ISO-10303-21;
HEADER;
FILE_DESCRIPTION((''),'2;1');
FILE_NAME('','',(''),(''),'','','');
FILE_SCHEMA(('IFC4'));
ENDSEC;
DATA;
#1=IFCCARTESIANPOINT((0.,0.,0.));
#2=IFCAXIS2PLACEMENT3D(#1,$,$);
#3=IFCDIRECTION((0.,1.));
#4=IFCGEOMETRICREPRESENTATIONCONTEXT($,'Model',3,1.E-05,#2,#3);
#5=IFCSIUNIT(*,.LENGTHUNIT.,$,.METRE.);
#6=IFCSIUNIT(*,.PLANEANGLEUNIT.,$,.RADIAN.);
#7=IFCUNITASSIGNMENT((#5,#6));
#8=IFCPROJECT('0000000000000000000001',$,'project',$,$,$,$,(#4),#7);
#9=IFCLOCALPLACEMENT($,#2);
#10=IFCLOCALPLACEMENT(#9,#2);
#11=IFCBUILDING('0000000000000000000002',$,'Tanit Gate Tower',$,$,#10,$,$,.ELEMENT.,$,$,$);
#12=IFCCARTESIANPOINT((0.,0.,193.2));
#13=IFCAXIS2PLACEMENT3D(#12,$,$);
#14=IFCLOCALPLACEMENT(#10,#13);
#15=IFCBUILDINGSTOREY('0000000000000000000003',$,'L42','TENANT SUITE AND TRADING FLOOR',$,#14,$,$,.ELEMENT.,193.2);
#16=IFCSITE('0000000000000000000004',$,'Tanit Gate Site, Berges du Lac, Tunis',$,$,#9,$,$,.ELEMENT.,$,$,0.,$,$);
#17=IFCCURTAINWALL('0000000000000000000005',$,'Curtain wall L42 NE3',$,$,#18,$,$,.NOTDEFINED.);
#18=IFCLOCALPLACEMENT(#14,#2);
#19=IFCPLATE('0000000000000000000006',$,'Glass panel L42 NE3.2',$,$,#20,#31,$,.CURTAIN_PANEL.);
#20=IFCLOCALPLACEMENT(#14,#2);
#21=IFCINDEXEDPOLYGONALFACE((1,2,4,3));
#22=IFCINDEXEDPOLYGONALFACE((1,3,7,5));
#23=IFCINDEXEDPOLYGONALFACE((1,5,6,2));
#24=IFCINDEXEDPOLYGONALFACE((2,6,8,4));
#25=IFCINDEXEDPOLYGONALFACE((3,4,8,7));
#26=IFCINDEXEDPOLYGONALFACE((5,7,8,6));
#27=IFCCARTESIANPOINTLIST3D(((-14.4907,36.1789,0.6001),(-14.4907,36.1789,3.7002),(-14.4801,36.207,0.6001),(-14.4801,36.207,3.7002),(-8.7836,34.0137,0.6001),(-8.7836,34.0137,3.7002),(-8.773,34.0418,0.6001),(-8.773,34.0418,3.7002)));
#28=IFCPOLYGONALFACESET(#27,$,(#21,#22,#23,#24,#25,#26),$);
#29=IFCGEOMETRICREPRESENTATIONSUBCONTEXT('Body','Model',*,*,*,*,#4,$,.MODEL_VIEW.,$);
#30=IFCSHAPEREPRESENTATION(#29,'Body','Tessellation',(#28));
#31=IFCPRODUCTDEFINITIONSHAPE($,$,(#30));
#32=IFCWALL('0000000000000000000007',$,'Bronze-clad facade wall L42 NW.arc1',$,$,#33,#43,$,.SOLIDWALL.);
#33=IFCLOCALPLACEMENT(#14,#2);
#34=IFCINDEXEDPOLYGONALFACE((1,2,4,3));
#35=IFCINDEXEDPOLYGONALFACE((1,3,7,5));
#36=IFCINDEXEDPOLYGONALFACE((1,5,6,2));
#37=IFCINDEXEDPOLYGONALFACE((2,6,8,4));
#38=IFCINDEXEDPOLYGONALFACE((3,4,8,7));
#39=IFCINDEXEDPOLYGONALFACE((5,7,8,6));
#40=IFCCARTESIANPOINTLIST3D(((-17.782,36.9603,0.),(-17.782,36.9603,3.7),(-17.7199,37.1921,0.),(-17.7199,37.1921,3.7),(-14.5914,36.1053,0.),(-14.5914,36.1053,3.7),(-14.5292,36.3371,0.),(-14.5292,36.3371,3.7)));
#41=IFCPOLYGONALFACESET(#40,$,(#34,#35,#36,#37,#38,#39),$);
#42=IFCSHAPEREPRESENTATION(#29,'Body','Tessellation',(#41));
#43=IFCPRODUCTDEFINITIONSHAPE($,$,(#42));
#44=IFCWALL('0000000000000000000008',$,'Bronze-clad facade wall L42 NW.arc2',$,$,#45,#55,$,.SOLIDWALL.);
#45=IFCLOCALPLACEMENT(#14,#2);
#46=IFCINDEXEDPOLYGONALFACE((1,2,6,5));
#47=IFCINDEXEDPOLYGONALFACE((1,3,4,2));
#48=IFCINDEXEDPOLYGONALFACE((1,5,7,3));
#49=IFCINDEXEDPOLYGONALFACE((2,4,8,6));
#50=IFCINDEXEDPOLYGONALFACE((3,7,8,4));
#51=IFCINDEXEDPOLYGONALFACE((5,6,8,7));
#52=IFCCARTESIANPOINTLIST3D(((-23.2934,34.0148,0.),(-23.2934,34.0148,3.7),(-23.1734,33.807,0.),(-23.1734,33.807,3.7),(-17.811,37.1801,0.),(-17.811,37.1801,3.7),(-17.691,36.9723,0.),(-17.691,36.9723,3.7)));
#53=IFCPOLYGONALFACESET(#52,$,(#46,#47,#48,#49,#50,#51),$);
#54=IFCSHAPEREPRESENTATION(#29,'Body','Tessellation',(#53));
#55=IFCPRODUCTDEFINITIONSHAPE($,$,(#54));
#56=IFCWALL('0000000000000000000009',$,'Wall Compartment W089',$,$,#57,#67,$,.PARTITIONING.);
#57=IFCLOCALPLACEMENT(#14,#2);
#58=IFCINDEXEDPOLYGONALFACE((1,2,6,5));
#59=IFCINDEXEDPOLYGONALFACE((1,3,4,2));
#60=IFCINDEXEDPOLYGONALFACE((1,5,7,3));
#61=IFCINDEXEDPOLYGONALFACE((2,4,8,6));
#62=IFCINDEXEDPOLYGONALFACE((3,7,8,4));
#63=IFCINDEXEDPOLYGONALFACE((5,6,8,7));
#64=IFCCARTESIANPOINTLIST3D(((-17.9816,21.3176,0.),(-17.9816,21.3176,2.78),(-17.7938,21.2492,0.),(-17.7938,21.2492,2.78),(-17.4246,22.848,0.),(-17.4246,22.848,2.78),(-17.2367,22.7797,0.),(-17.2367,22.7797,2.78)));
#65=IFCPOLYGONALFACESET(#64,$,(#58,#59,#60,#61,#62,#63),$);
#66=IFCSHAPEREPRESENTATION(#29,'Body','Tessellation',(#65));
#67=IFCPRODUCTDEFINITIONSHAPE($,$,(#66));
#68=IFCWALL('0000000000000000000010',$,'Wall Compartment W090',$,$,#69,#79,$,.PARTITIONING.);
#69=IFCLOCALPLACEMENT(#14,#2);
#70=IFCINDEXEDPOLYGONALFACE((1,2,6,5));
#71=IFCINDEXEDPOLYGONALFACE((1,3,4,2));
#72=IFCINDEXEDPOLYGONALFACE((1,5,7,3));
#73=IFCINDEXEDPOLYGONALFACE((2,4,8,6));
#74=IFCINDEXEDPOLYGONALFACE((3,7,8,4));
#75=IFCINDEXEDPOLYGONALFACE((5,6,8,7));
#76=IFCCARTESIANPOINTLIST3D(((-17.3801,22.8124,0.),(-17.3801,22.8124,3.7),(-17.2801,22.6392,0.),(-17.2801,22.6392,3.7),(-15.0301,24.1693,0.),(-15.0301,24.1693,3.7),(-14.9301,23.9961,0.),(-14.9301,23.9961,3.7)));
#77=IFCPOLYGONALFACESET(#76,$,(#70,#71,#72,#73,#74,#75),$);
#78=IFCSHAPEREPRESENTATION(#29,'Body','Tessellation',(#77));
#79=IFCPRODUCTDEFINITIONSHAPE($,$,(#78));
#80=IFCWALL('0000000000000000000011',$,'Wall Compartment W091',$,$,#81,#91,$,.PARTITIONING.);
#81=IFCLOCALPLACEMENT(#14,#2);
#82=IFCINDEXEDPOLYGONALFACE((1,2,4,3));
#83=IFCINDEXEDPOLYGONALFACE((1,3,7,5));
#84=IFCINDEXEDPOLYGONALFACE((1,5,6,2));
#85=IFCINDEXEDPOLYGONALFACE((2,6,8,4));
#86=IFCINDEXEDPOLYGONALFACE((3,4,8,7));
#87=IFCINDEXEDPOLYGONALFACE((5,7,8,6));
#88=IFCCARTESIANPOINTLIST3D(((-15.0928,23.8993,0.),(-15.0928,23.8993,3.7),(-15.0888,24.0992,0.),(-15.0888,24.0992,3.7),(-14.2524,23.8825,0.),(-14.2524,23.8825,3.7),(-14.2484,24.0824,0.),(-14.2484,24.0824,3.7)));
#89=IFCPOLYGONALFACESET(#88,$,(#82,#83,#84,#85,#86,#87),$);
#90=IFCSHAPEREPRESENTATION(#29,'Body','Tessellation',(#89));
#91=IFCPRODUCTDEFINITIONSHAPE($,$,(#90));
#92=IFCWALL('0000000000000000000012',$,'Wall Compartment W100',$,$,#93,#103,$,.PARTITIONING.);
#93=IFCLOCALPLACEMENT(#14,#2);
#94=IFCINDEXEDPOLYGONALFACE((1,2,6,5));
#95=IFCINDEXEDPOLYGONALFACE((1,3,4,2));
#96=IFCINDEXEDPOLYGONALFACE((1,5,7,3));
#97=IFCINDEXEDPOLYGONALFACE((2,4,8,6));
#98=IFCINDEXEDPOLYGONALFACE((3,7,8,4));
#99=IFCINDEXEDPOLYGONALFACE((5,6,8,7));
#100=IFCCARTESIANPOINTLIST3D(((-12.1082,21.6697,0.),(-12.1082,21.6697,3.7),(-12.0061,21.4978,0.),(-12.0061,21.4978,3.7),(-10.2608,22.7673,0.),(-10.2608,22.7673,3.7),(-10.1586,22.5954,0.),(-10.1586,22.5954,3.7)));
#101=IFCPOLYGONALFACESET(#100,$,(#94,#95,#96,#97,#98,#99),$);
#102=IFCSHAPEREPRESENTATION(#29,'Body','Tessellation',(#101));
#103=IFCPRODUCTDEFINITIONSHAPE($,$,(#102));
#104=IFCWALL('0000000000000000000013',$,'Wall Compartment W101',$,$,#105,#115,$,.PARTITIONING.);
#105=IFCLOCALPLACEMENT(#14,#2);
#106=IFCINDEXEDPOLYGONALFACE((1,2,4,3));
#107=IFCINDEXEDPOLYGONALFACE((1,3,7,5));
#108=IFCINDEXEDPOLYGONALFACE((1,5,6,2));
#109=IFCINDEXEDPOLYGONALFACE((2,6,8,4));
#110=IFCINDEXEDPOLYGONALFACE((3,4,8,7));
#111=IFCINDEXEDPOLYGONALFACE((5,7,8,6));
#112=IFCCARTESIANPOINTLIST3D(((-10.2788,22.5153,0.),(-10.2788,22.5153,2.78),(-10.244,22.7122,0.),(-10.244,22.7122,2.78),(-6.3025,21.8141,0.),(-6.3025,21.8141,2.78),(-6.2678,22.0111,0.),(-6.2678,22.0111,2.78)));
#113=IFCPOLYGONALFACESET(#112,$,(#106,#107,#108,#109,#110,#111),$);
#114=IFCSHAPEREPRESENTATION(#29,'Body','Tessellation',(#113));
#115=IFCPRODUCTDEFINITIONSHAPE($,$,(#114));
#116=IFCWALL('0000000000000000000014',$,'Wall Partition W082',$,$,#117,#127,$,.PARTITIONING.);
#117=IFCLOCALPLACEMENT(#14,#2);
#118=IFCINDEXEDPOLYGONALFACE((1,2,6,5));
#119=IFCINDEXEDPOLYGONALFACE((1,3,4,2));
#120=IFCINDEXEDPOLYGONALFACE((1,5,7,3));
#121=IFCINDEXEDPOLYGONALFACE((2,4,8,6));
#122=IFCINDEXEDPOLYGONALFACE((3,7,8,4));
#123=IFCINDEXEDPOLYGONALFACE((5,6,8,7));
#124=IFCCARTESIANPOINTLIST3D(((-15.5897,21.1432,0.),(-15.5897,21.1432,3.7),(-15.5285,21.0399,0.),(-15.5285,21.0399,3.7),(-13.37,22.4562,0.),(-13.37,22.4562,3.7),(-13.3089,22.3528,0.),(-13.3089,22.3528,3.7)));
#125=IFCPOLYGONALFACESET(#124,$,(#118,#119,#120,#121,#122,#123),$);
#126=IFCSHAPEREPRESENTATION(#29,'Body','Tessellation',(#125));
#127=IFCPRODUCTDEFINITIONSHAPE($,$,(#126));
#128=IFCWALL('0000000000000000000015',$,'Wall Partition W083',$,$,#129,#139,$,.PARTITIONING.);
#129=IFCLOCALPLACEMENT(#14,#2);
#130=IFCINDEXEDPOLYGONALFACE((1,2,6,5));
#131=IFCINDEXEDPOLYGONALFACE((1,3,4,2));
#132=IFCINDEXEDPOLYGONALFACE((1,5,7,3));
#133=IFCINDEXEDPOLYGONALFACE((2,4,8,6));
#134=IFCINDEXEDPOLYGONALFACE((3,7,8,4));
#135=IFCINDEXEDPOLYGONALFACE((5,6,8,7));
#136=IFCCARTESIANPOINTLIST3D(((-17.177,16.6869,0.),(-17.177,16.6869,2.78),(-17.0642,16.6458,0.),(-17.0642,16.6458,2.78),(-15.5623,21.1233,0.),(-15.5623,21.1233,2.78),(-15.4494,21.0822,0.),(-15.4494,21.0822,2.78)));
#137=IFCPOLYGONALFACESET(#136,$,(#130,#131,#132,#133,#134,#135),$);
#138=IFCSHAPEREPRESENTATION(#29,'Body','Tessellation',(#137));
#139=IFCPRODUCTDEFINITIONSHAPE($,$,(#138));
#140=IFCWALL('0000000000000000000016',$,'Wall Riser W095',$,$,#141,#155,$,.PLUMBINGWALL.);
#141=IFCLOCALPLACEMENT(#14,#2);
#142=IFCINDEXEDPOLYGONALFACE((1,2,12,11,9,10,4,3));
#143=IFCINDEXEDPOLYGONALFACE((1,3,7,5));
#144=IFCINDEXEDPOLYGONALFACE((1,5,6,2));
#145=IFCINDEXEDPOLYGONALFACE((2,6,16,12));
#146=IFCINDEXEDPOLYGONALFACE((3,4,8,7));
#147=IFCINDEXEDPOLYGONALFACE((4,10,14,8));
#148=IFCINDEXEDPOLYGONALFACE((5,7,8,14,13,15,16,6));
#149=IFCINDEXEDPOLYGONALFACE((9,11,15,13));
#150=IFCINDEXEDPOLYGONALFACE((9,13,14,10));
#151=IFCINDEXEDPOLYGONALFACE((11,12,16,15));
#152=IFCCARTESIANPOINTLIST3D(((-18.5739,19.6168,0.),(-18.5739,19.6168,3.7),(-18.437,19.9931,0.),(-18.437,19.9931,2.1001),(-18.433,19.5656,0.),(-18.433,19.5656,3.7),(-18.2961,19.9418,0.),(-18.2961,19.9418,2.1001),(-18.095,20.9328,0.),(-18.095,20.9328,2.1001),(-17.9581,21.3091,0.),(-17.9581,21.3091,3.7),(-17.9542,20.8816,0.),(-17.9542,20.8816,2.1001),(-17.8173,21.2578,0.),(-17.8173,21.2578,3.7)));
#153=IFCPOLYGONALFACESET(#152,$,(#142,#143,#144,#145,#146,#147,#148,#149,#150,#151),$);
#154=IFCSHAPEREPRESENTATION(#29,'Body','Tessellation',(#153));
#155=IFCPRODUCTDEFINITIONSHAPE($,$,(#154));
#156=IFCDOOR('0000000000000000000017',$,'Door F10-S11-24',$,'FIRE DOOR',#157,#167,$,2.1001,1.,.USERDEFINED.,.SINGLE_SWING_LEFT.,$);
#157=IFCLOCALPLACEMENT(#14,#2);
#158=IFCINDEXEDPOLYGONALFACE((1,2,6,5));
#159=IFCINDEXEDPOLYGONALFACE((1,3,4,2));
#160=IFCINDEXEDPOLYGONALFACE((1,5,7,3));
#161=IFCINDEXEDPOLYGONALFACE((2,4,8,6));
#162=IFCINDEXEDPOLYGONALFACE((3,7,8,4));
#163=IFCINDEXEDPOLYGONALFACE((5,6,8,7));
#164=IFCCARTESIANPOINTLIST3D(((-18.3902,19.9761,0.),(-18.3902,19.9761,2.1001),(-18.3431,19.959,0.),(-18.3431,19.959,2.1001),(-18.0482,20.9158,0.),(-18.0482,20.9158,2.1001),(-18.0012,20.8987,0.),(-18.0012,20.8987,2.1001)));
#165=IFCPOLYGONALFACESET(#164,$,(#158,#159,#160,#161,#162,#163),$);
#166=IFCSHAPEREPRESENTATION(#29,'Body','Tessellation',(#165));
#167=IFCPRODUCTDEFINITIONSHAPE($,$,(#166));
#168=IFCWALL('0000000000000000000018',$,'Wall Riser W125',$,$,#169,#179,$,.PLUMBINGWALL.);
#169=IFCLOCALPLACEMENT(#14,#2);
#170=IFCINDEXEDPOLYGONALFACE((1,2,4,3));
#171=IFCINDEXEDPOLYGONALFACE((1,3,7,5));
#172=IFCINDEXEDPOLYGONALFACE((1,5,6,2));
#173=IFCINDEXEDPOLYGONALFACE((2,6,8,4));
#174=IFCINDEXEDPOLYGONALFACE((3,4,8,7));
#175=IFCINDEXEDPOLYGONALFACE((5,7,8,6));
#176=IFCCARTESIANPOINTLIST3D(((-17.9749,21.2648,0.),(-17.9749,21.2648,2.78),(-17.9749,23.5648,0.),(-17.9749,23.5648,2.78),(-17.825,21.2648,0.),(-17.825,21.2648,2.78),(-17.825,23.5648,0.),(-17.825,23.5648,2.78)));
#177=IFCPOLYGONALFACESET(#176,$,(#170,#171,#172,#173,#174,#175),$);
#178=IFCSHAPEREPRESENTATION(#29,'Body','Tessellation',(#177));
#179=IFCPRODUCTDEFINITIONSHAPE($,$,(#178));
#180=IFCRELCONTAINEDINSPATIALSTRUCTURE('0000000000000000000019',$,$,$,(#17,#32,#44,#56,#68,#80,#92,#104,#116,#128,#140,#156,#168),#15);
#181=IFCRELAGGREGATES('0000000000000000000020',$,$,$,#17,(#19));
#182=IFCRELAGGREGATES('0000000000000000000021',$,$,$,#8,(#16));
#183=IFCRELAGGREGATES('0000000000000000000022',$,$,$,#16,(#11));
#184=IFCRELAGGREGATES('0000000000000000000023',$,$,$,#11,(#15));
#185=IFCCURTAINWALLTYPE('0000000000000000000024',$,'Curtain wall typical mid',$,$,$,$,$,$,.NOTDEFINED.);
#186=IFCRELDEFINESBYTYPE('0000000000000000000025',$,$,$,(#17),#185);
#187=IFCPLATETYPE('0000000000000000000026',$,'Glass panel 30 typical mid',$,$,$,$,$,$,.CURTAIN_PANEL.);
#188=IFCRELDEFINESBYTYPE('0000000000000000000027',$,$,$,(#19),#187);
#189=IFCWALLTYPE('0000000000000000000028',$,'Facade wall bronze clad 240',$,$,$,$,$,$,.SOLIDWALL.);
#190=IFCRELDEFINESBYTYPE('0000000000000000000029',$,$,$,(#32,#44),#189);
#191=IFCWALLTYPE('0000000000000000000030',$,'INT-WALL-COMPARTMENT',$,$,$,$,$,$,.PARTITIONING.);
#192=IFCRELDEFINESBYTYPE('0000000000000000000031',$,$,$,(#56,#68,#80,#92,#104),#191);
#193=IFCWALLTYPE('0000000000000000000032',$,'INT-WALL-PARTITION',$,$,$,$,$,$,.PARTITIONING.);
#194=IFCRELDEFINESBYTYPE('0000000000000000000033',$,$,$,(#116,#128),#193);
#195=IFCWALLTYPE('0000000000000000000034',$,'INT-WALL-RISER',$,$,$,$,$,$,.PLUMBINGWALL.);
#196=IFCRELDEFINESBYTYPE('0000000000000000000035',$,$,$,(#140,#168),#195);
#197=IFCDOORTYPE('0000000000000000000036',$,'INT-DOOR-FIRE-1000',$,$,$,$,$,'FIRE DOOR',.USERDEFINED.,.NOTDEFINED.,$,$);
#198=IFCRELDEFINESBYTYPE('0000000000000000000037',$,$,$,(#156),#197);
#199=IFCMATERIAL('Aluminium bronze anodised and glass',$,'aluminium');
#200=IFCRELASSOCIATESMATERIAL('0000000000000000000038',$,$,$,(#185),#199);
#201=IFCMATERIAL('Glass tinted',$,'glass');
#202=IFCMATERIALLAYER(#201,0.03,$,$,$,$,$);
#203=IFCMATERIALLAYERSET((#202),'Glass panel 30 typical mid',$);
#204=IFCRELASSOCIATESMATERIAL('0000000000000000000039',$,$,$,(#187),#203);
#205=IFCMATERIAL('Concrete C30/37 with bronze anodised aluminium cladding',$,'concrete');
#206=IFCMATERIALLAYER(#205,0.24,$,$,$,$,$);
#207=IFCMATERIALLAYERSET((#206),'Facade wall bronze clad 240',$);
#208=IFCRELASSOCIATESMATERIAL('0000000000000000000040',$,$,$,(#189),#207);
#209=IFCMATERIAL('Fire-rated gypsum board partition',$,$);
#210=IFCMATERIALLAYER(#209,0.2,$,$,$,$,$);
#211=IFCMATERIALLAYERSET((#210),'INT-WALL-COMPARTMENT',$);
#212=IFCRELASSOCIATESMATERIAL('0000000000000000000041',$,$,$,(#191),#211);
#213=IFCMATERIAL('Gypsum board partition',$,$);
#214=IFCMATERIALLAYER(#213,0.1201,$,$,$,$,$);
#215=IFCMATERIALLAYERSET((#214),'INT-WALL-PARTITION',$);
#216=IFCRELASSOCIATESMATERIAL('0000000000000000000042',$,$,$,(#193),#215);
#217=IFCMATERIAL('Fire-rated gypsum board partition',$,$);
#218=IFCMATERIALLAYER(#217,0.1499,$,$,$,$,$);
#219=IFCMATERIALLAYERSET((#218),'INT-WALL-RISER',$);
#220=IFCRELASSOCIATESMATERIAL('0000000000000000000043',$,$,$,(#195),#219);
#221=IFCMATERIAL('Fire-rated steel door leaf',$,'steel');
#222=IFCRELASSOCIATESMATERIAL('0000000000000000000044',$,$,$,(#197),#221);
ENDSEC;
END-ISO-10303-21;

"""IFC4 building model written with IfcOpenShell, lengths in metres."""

from ifc_helpers import new_model, si_unit, direction, frame, frame_2d, origin, origin_2d, place, context, subcontext, project, spatial, rectangle, extrude, material, layer, layer_set, type_object, element, fill, aggregate, save


model = new_model("IFC4")

# Units and contexts
model_context = context("Model", 3, precision=1e-05, world=origin(), true_north=direction((0.0, 1.0)))
body_context = subcontext(model_context, "Body", "Model", "MODEL_VIEW")
ifc_project = project(units=[si_unit("LENGTHUNIT", "METRE"), si_unit("PLANEANGLEUNIT", "RADIAN")], contexts=[model_context])

# Site, building, storey
site_placement = place(None, origin())
site = spatial("IfcSite", under=ifc_project, at=site_placement, Name="Tanit Gate Site, Berges du Lac, Tunis", CompositionType="ELEMENT", RefElevation=0.0)
building_placement = place(site_placement, origin())
building = spatial("IfcBuilding", under=site, at=building_placement, Name="Tanit Gate Tower", CompositionType="ELEMENT")
storey_placement = place(building_placement, frame((0.0, 0.0, 193.2)))
storey = spatial("IfcBuildingStorey", under=building, at=storey_placement, Name="L42", Description="TENANT SUITE AND TRADING FLOOR", CompositionType="ELEMENT", Elevation=193.2)

# Curtain wall
ifc_material_1 = material(Name="Aluminium bronze anodised and glass", Category="aluminium")
curtain_wall_type = type_object("IfcCurtainWallType", Name="Curtain wall typical mid", PredefinedType="NOTDEFINED", material=ifc_material_1)
curtain_wall_placement = place(storey_placement, origin())
curtain_wall = element("IfcCurtainWall", 1, at=curtain_wall_placement, inside=storey, type_object=curtain_wall_type, Name="Curtain wall L42 NE3", PredefinedType="NOTDEFINED")

# Plate
ifc_material_2 = material(Name="Glass tinted", Category="glass")
ifc_layer_1 = layer(ifc_material_2, 0.03)
ifc_layer_set_1 = layer_set([ifc_layer_1], Name="Glass panel 30 typical mid")
plate_type = type_object("IfcPlateType", Name="Glass panel 30 typical mid", PredefinedType="CURTAIN_PANEL", material=ifc_layer_set_1)
plate_1_placement = place(storey_placement, frame((-11.6318, 35.1104, 0.6001), z_axis=(0.0, 0.0, 1.0), x_axis=(-0.934976, 0.35471, 0.0)))
plate_1 = element("IfcPlate", 2, at=plate_1_placement, type_object=plate_type, Name="Glass panel L42 NE3.2", PredefinedType="CURTAIN_PANEL", context=body_context, shape_type="SweptSolid", body=[
    extrude(rectangle(XDim=6.104, YDim=0.03, at=origin_2d()), origin(), (0.0, 0.0, 1.0), 3.1001),
])
aggregate(curtain_wall, [plate_1])

# Walls
ifc_material_3 = material(Name="Concrete C30/37 with bronze anodised aluminium cladding", Category="concrete")
ifc_layer_2 = layer(ifc_material_3, 0.24)
ifc_layer_set_2 = layer_set([ifc_layer_2], Name="Facade wall bronze clad 240")
wall_type_1 = type_object("IfcWallType", Name="Facade wall bronze clad 240", PredefinedType="SOLIDWALL", material=ifc_layer_set_2)
wall_1_placement = place(storey_placement, frame((-14.5603, 36.2212, 0.0), z_axis=(0.0, 0.0, 1.0), x_axis=(-0.965923, 0.258831, 0.0)))
element("IfcWall", 3, at=wall_1_placement, inside=storey, type_object=wall_type_1, Name="Bronze-clad facade wall L42 NW.arc1", PredefinedType="SOLIDWALL", context=body_context, shape_type="SweptSolid", body=[
    extrude(rectangle(XDim=3.3032, YDim=0.24, at=frame_2d((1.6516, 0.0))), origin(), (0.0, 0.0, 1.0), 3.7),
])
wall_2_placement = place(storey_placement, frame((-17.751, 37.0762, 0.0), z_axis=(0.0, 0.0, 1.0), x_axis=(-0.866025, -0.500001, 0.0)))
element("IfcWall", 4, at=wall_2_placement, inside=storey, type_object=wall_type_1, Name="Bronze-clad facade wall L42 NW.arc2", PredefinedType="SOLIDWALL", context=body_context, shape_type="SweptSolid", body=[
    extrude(rectangle(XDim=6.3306, YDim=0.24, at=frame_2d((3.1653, 0.0))), origin(), (0.0, 0.0, 1.0), 3.7),
])
ifc_material_4 = material(Name="Fire-rated gypsum board partition")
ifc_layer_3 = layer(ifc_material_4, 0.2)
ifc_layer_set_3 = layer_set([ifc_layer_3], Name="INT-WALL-COMPARTMENT")
wall_type_2 = type_object("IfcWallType", Name="INT-WALL-COMPARTMENT", PredefinedType="PARTITIONING", material=ifc_layer_set_3)
wall_3_placement = place(storey_placement, frame((-17.3306, 22.814, 0.0), z_axis=(0.0, 0.0, 1.0), x_axis=(-0.342056, -0.93968, 0.0)))
element("IfcWall", 5, at=wall_3_placement, inside=storey, type_object=wall_type_2, Name="Wall Compartment W089", PredefinedType="PARTITIONING", context=body_context, shape_type="SweptSolid", body=[
    extrude(rectangle(XDim=1.6287, YDim=0.2, at=frame_2d((0.8145, 0.0))), origin(), (0.0, 0.0, 1.0), 2.78),
])
wall_4_placement = place(storey_placement, frame((-14.98, 24.0828, 0.0), z_axis=(0.0, 0.0, 1.0), x_axis=(-0.866009, -0.500029, 0.0)))
element("IfcWall", 6, at=wall_4_placement, inside=storey, type_object=wall_type_2, Name="Wall Compartment W090", PredefinedType="PARTITIONING", context=body_context, shape_type="SweptSolid", body=[
    extrude(rectangle(XDim=2.7136, YDim=0.2, at=frame_2d((1.3569, 0.0))), origin(), (0.0, 0.0, 1.0), 3.7),
])
wall_5_placement = place(storey_placement, frame((-14.2502, 23.9824, 0.0), z_axis=(0.0, 0.0, 1.0), x_axis=(-0.999799, 0.020042, 0.0)))
element("IfcWall", 7, at=wall_5_placement, inside=storey, type_object=wall_type_2, Name="Wall Compartment W091", PredefinedType="PARTITIONING", context=body_context, shape_type="SweptSolid", body=[
    extrude(rectangle(XDim=0.8406, YDim=0.2, at=frame_2d((0.4204, 0.0))), origin(), (0.0, 0.0, 1.0), 3.7),
])
wall_6_placement = place(storey_placement, frame((-10.2097, 22.6814, 0.0), z_axis=(0.0, 0.0, 1.0), x_axis=(-0.8597, -0.510799, 0.0)))
element("IfcWall", 8, at=wall_6_placement, inside=storey, type_object=wall_type_2, Name="Wall Compartment W100", PredefinedType="PARTITIONING", context=body_context, shape_type="SweptSolid", body=[
    extrude(rectangle(XDim=2.1489, YDim=0.2, at=frame_2d((1.0745, 0.0))), origin(), (0.0, 0.0, 1.0), 3.7),
])
wall_7_placement = place(storey_placement, frame((-6.2852, 21.9126, 0.0), z_axis=(0.0, 0.0, 1.0), x_axis=(-0.984806, 0.173658, 0.0)))
element("IfcWall", 9, at=wall_7_placement, inside=storey, type_object=wall_type_2, Name="Wall Compartment W101", PredefinedType="PARTITIONING", context=body_context, shape_type="SweptSolid", body=[
    extrude(rectangle(XDim=4.0376, YDim=0.2, at=frame_2d((2.0188, 0.0))), origin(), (0.0, 0.0, 1.0), 2.78),
])
ifc_material_5 = material(Name="Gypsum board partition")
ifc_layer_4 = layer(ifc_material_5, 0.1201)
ifc_layer_set_4 = layer_set([ifc_layer_4], Name="INT-WALL-PARTITION")
wall_type_3 = type_object("IfcWallType", Name="INT-WALL-PARTITION", PredefinedType="PARTITIONING", material=ifc_layer_set_4)
wall_8_placement = place(storey_placement, frame((-13.3394, 22.4045, 0.0), z_axis=(0.0, 0.0, 1.0), x_axis=(-0.8607, -0.509112, 0.0)))
element("IfcWall", 10, at=wall_8_placement, inside=storey, type_object=wall_type_3, Name="Wall Partition W082", PredefinedType="PARTITIONING", context=body_context, shape_type="SweptSolid", body=[
    extrude(rectangle(XDim=2.5789, YDim=0.1201, at=frame_2d((1.2896, 0.0))), origin(), (0.0, 0.0, 1.0), 3.7),
])
wall_9_placement = place(storey_placement, frame((-15.5059, 21.1028, 0.0), z_axis=(0.0, 0.0, 1.0), x_axis=(-0.342017, -0.939694, 0.0)))
element("IfcWall", 11, at=wall_9_placement, inside=storey, type_object=wall_type_3, Name="Wall Partition W083", PredefinedType="PARTITIONING", context=body_context, shape_type="SweptSolid", body=[
    extrude(rectangle(XDim=4.7212, YDim=0.1201, at=frame_2d((2.3606, 0.0))), origin(), (0.0, 0.0, 1.0), 2.78),
])

# Wall, opening, door
ifc_material_6 = material(Name="Fire-rated gypsum board partition")
ifc_layer_5 = layer(ifc_material_6, 0.1499)
ifc_layer_set_5 = layer_set([ifc_layer_5], Name="INT-WALL-RISER")
wall_type_4 = type_object("IfcWallType", Name="INT-WALL-RISER", PredefinedType="PLUMBINGWALL", material=ifc_layer_set_5)
wall_10_placement = place(storey_placement, frame((-17.8877, 21.2834, 0.0), z_axis=(0.0, 0.0, 1.0), x_axis=(-0.341939, -0.939722, 0.0)))
wall_10 = element("IfcWall", 12, at=wall_10_placement, inside=storey, type_object=wall_type_4, Name="Wall Riser W095", PredefinedType="PLUMBINGWALL", context=body_context, shape_type="SweptSolid", body=[
    extrude(rectangle(XDim=1.8008, YDim=0.1499, at=frame_2d((0.9004, 0.0))), origin(), (0.0, 0.0, 1.0), 3.7),
])
opening_placement = place(wall_10_placement, frame((0.4004, 0.0, 0.0)))
opening = element("IfcOpeningElement", 13, at=opening_placement, cuts=wall_10, PredefinedType="OPENING", context=body_context, shape_type="SweptSolid", body=[
    extrude(rectangle(XDim=1.0, YDim=2.1001, at=frame_2d((0.5, 1.05))), frame((0.0, 0.085, 0.0), z_axis=(0.0, -1.0, 0.0), x_axis=(1.0, 0.0, 0.0)), (0.0, 0.0, 1.0), 0.1699),
])
ifc_material_7 = material(Name="Fire-rated steel door leaf", Category="steel")
door_type = type_object("IfcDoorType", Name="INT-DOOR-FIRE-1000", ElementType="FIRE DOOR", OperationType="NOTDEFINED", PredefinedType="USERDEFINED", material=ifc_material_7)
door_placement = place(opening_placement, origin())
door = element("IfcDoor", 14, at=door_placement, inside=storey, type_object=door_type, Name="Door F10-S11-24", ObjectType="FIRE DOOR", OperationType="SINGLE_SWING_LEFT", OverallHeight=2.1001, OverallWidth=1.0, PredefinedType="USERDEFINED", context=body_context, shape_type="SweptSolid", body=[
    extrude(rectangle(XDim=1.0, YDim=2.1001, at=frame_2d((0.5, 1.05))), frame((0.0, 0.0249, 0.0), z_axis=(0.0, -1.0, 0.0), x_axis=(1.0, 0.0, 0.0)), (0.0, 0.0, 1.0), 0.05),
])
fill(opening, door)

# Wall
wall_11_placement = place(storey_placement, frame((-17.8999, 21.2649, 0.0), z_axis=(0.0, 0.0, 1.0), x_axis=(0.0, 1.0, 0.0)))
element("IfcWall", 15, at=wall_11_placement, inside=storey, type_object=wall_type_4, Name="Wall Riser W125", PredefinedType="PLUMBINGWALL", context=body_context, shape_type="SweptSolid", body=[
    extrude(rectangle(XDim=2.3, YDim=0.1499, at=frame_2d((1.1499, 0.0))), origin(), (0.0, 0.0, 1.0), 2.78),
])

save(model, "model.ifc")
